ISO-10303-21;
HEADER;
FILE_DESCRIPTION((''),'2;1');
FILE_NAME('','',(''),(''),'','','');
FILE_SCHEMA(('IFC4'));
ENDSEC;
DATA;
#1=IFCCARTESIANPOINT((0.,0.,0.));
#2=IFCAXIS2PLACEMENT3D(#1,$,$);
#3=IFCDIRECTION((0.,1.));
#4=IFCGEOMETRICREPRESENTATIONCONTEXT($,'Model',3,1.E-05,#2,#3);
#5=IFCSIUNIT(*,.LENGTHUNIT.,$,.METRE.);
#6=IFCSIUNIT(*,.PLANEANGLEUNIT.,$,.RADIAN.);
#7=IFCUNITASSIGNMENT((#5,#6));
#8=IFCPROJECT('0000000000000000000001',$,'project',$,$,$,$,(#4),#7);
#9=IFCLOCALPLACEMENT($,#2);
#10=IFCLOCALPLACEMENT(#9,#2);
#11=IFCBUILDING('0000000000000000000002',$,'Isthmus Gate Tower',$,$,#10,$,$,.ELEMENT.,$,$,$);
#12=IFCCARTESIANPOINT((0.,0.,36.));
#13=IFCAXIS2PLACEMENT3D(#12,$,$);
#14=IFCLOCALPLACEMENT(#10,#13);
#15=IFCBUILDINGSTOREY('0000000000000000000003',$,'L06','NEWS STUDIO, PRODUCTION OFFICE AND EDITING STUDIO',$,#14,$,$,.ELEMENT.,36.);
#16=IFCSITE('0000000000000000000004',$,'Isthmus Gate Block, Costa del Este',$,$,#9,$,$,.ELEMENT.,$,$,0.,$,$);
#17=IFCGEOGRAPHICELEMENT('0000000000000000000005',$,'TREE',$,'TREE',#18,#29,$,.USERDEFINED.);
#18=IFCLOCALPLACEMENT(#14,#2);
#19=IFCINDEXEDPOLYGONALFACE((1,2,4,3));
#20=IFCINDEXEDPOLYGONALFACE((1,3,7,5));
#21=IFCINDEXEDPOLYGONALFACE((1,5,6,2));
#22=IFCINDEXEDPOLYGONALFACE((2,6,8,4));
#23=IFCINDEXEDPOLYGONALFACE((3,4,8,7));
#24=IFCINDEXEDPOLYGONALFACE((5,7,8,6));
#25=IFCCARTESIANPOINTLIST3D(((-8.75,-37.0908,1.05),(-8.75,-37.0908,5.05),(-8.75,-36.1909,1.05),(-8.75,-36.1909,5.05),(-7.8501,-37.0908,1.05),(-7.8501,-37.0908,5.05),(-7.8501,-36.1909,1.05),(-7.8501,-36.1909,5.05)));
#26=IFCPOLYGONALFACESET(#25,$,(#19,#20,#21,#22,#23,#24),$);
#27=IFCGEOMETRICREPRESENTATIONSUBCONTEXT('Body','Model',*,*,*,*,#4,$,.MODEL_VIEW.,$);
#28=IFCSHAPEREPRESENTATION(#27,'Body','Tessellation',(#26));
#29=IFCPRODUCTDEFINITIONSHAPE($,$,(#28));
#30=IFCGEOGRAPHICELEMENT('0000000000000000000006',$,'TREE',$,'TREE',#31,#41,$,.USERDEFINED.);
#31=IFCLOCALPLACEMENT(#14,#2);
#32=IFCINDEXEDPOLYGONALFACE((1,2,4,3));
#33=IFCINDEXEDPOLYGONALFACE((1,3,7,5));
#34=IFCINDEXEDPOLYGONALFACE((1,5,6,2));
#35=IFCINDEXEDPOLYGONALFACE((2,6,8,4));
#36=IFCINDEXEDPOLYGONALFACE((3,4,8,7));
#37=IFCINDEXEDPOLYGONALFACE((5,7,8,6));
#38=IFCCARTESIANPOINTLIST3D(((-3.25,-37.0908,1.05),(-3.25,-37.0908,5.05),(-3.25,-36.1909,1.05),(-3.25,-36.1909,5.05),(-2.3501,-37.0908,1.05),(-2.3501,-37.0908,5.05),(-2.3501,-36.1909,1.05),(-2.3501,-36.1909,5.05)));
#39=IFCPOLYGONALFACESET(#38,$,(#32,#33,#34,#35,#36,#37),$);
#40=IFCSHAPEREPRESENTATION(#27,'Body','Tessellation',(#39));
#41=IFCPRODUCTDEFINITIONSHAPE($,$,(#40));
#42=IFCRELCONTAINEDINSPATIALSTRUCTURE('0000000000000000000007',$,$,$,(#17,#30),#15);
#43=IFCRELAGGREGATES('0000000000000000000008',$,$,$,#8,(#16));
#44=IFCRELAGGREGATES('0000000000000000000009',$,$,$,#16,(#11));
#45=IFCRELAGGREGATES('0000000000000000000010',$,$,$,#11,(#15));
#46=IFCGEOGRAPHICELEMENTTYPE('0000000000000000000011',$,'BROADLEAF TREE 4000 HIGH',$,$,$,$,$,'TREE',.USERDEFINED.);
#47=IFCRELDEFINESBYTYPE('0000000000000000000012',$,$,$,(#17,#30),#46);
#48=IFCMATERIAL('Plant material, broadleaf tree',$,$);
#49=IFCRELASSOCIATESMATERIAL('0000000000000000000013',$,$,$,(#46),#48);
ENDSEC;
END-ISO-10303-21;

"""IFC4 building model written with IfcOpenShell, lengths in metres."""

from ifc_helpers import new_model, si_unit, direction, frame, origin, origin_2d, place, context, subcontext, project, spatial, rectangle, extrude, material, type_object, element, save


model = new_model("IFC4")

# Units and contexts
model_context = context("Model", 3, precision=1e-05, world=origin(), true_north=direction((0.0, 1.0)))
body_context = subcontext(model_context, "Body", "Model", "MODEL_VIEW")
ifc_project = project(units=[si_unit("LENGTHUNIT", "METRE"), si_unit("PLANEANGLEUNIT", "RADIAN")], contexts=[model_context])

# Site, building, storey
site_placement = place(None, origin())
site = spatial("IfcSite", under=ifc_project, at=site_placement, Name="Isthmus Gate Block, Costa del Este", CompositionType="ELEMENT", RefElevation=0.0)
building_placement = place(site_placement, origin())
building = spatial("IfcBuilding", under=site, at=building_placement, Name="Isthmus Gate Tower", CompositionType="ELEMENT")
storey_placement = place(building_placement, frame((0.0, 0.0, 36.0)))
storey = spatial("IfcBuildingStorey", under=building, at=storey_placement, Name="L06", Description="NEWS STUDIO, PRODUCTION OFFICE AND EDITING STUDIO", CompositionType="ELEMENT", Elevation=36.0)

# Geographic elements
ifc_material_1 = material(Name="Plant material, broadleaf tree")
geographic_element_type = type_object("IfcGeographicElementType", Name="BROADLEAF TREE 4000 HIGH", ElementType="TREE", PredefinedType="USERDEFINED", material=ifc_material_1)
for number, where, z_axis, x_axis, name in (
    (1, (-8.3, -36.6409, 1.05), (0.0, 0.0, 1.0), (1.0, 0.0, 0.0), "TREE"),
    (2, (-2.8, -36.6409, 1.05), (0.0, 0.0, 1.0), (1.0, 0.0, 0.0), "TREE"),
):
    element("IfcGeographicElement", number, at=place(storey_placement, frame(where, z_axis=z_axis, x_axis=x_axis)), inside=storey, type_object=geographic_element_type, Name=name, ObjectType="TREE", PredefinedType="USERDEFINED", context=body_context, shape_type="SweptSolid", body=[
        extrude(rectangle(XDim=0.8999, YDim=0.8999, at=origin_2d()), origin(), (0.0, 0.0, 1.0), 4.0),
    ])

save(model, "model.ifc")
